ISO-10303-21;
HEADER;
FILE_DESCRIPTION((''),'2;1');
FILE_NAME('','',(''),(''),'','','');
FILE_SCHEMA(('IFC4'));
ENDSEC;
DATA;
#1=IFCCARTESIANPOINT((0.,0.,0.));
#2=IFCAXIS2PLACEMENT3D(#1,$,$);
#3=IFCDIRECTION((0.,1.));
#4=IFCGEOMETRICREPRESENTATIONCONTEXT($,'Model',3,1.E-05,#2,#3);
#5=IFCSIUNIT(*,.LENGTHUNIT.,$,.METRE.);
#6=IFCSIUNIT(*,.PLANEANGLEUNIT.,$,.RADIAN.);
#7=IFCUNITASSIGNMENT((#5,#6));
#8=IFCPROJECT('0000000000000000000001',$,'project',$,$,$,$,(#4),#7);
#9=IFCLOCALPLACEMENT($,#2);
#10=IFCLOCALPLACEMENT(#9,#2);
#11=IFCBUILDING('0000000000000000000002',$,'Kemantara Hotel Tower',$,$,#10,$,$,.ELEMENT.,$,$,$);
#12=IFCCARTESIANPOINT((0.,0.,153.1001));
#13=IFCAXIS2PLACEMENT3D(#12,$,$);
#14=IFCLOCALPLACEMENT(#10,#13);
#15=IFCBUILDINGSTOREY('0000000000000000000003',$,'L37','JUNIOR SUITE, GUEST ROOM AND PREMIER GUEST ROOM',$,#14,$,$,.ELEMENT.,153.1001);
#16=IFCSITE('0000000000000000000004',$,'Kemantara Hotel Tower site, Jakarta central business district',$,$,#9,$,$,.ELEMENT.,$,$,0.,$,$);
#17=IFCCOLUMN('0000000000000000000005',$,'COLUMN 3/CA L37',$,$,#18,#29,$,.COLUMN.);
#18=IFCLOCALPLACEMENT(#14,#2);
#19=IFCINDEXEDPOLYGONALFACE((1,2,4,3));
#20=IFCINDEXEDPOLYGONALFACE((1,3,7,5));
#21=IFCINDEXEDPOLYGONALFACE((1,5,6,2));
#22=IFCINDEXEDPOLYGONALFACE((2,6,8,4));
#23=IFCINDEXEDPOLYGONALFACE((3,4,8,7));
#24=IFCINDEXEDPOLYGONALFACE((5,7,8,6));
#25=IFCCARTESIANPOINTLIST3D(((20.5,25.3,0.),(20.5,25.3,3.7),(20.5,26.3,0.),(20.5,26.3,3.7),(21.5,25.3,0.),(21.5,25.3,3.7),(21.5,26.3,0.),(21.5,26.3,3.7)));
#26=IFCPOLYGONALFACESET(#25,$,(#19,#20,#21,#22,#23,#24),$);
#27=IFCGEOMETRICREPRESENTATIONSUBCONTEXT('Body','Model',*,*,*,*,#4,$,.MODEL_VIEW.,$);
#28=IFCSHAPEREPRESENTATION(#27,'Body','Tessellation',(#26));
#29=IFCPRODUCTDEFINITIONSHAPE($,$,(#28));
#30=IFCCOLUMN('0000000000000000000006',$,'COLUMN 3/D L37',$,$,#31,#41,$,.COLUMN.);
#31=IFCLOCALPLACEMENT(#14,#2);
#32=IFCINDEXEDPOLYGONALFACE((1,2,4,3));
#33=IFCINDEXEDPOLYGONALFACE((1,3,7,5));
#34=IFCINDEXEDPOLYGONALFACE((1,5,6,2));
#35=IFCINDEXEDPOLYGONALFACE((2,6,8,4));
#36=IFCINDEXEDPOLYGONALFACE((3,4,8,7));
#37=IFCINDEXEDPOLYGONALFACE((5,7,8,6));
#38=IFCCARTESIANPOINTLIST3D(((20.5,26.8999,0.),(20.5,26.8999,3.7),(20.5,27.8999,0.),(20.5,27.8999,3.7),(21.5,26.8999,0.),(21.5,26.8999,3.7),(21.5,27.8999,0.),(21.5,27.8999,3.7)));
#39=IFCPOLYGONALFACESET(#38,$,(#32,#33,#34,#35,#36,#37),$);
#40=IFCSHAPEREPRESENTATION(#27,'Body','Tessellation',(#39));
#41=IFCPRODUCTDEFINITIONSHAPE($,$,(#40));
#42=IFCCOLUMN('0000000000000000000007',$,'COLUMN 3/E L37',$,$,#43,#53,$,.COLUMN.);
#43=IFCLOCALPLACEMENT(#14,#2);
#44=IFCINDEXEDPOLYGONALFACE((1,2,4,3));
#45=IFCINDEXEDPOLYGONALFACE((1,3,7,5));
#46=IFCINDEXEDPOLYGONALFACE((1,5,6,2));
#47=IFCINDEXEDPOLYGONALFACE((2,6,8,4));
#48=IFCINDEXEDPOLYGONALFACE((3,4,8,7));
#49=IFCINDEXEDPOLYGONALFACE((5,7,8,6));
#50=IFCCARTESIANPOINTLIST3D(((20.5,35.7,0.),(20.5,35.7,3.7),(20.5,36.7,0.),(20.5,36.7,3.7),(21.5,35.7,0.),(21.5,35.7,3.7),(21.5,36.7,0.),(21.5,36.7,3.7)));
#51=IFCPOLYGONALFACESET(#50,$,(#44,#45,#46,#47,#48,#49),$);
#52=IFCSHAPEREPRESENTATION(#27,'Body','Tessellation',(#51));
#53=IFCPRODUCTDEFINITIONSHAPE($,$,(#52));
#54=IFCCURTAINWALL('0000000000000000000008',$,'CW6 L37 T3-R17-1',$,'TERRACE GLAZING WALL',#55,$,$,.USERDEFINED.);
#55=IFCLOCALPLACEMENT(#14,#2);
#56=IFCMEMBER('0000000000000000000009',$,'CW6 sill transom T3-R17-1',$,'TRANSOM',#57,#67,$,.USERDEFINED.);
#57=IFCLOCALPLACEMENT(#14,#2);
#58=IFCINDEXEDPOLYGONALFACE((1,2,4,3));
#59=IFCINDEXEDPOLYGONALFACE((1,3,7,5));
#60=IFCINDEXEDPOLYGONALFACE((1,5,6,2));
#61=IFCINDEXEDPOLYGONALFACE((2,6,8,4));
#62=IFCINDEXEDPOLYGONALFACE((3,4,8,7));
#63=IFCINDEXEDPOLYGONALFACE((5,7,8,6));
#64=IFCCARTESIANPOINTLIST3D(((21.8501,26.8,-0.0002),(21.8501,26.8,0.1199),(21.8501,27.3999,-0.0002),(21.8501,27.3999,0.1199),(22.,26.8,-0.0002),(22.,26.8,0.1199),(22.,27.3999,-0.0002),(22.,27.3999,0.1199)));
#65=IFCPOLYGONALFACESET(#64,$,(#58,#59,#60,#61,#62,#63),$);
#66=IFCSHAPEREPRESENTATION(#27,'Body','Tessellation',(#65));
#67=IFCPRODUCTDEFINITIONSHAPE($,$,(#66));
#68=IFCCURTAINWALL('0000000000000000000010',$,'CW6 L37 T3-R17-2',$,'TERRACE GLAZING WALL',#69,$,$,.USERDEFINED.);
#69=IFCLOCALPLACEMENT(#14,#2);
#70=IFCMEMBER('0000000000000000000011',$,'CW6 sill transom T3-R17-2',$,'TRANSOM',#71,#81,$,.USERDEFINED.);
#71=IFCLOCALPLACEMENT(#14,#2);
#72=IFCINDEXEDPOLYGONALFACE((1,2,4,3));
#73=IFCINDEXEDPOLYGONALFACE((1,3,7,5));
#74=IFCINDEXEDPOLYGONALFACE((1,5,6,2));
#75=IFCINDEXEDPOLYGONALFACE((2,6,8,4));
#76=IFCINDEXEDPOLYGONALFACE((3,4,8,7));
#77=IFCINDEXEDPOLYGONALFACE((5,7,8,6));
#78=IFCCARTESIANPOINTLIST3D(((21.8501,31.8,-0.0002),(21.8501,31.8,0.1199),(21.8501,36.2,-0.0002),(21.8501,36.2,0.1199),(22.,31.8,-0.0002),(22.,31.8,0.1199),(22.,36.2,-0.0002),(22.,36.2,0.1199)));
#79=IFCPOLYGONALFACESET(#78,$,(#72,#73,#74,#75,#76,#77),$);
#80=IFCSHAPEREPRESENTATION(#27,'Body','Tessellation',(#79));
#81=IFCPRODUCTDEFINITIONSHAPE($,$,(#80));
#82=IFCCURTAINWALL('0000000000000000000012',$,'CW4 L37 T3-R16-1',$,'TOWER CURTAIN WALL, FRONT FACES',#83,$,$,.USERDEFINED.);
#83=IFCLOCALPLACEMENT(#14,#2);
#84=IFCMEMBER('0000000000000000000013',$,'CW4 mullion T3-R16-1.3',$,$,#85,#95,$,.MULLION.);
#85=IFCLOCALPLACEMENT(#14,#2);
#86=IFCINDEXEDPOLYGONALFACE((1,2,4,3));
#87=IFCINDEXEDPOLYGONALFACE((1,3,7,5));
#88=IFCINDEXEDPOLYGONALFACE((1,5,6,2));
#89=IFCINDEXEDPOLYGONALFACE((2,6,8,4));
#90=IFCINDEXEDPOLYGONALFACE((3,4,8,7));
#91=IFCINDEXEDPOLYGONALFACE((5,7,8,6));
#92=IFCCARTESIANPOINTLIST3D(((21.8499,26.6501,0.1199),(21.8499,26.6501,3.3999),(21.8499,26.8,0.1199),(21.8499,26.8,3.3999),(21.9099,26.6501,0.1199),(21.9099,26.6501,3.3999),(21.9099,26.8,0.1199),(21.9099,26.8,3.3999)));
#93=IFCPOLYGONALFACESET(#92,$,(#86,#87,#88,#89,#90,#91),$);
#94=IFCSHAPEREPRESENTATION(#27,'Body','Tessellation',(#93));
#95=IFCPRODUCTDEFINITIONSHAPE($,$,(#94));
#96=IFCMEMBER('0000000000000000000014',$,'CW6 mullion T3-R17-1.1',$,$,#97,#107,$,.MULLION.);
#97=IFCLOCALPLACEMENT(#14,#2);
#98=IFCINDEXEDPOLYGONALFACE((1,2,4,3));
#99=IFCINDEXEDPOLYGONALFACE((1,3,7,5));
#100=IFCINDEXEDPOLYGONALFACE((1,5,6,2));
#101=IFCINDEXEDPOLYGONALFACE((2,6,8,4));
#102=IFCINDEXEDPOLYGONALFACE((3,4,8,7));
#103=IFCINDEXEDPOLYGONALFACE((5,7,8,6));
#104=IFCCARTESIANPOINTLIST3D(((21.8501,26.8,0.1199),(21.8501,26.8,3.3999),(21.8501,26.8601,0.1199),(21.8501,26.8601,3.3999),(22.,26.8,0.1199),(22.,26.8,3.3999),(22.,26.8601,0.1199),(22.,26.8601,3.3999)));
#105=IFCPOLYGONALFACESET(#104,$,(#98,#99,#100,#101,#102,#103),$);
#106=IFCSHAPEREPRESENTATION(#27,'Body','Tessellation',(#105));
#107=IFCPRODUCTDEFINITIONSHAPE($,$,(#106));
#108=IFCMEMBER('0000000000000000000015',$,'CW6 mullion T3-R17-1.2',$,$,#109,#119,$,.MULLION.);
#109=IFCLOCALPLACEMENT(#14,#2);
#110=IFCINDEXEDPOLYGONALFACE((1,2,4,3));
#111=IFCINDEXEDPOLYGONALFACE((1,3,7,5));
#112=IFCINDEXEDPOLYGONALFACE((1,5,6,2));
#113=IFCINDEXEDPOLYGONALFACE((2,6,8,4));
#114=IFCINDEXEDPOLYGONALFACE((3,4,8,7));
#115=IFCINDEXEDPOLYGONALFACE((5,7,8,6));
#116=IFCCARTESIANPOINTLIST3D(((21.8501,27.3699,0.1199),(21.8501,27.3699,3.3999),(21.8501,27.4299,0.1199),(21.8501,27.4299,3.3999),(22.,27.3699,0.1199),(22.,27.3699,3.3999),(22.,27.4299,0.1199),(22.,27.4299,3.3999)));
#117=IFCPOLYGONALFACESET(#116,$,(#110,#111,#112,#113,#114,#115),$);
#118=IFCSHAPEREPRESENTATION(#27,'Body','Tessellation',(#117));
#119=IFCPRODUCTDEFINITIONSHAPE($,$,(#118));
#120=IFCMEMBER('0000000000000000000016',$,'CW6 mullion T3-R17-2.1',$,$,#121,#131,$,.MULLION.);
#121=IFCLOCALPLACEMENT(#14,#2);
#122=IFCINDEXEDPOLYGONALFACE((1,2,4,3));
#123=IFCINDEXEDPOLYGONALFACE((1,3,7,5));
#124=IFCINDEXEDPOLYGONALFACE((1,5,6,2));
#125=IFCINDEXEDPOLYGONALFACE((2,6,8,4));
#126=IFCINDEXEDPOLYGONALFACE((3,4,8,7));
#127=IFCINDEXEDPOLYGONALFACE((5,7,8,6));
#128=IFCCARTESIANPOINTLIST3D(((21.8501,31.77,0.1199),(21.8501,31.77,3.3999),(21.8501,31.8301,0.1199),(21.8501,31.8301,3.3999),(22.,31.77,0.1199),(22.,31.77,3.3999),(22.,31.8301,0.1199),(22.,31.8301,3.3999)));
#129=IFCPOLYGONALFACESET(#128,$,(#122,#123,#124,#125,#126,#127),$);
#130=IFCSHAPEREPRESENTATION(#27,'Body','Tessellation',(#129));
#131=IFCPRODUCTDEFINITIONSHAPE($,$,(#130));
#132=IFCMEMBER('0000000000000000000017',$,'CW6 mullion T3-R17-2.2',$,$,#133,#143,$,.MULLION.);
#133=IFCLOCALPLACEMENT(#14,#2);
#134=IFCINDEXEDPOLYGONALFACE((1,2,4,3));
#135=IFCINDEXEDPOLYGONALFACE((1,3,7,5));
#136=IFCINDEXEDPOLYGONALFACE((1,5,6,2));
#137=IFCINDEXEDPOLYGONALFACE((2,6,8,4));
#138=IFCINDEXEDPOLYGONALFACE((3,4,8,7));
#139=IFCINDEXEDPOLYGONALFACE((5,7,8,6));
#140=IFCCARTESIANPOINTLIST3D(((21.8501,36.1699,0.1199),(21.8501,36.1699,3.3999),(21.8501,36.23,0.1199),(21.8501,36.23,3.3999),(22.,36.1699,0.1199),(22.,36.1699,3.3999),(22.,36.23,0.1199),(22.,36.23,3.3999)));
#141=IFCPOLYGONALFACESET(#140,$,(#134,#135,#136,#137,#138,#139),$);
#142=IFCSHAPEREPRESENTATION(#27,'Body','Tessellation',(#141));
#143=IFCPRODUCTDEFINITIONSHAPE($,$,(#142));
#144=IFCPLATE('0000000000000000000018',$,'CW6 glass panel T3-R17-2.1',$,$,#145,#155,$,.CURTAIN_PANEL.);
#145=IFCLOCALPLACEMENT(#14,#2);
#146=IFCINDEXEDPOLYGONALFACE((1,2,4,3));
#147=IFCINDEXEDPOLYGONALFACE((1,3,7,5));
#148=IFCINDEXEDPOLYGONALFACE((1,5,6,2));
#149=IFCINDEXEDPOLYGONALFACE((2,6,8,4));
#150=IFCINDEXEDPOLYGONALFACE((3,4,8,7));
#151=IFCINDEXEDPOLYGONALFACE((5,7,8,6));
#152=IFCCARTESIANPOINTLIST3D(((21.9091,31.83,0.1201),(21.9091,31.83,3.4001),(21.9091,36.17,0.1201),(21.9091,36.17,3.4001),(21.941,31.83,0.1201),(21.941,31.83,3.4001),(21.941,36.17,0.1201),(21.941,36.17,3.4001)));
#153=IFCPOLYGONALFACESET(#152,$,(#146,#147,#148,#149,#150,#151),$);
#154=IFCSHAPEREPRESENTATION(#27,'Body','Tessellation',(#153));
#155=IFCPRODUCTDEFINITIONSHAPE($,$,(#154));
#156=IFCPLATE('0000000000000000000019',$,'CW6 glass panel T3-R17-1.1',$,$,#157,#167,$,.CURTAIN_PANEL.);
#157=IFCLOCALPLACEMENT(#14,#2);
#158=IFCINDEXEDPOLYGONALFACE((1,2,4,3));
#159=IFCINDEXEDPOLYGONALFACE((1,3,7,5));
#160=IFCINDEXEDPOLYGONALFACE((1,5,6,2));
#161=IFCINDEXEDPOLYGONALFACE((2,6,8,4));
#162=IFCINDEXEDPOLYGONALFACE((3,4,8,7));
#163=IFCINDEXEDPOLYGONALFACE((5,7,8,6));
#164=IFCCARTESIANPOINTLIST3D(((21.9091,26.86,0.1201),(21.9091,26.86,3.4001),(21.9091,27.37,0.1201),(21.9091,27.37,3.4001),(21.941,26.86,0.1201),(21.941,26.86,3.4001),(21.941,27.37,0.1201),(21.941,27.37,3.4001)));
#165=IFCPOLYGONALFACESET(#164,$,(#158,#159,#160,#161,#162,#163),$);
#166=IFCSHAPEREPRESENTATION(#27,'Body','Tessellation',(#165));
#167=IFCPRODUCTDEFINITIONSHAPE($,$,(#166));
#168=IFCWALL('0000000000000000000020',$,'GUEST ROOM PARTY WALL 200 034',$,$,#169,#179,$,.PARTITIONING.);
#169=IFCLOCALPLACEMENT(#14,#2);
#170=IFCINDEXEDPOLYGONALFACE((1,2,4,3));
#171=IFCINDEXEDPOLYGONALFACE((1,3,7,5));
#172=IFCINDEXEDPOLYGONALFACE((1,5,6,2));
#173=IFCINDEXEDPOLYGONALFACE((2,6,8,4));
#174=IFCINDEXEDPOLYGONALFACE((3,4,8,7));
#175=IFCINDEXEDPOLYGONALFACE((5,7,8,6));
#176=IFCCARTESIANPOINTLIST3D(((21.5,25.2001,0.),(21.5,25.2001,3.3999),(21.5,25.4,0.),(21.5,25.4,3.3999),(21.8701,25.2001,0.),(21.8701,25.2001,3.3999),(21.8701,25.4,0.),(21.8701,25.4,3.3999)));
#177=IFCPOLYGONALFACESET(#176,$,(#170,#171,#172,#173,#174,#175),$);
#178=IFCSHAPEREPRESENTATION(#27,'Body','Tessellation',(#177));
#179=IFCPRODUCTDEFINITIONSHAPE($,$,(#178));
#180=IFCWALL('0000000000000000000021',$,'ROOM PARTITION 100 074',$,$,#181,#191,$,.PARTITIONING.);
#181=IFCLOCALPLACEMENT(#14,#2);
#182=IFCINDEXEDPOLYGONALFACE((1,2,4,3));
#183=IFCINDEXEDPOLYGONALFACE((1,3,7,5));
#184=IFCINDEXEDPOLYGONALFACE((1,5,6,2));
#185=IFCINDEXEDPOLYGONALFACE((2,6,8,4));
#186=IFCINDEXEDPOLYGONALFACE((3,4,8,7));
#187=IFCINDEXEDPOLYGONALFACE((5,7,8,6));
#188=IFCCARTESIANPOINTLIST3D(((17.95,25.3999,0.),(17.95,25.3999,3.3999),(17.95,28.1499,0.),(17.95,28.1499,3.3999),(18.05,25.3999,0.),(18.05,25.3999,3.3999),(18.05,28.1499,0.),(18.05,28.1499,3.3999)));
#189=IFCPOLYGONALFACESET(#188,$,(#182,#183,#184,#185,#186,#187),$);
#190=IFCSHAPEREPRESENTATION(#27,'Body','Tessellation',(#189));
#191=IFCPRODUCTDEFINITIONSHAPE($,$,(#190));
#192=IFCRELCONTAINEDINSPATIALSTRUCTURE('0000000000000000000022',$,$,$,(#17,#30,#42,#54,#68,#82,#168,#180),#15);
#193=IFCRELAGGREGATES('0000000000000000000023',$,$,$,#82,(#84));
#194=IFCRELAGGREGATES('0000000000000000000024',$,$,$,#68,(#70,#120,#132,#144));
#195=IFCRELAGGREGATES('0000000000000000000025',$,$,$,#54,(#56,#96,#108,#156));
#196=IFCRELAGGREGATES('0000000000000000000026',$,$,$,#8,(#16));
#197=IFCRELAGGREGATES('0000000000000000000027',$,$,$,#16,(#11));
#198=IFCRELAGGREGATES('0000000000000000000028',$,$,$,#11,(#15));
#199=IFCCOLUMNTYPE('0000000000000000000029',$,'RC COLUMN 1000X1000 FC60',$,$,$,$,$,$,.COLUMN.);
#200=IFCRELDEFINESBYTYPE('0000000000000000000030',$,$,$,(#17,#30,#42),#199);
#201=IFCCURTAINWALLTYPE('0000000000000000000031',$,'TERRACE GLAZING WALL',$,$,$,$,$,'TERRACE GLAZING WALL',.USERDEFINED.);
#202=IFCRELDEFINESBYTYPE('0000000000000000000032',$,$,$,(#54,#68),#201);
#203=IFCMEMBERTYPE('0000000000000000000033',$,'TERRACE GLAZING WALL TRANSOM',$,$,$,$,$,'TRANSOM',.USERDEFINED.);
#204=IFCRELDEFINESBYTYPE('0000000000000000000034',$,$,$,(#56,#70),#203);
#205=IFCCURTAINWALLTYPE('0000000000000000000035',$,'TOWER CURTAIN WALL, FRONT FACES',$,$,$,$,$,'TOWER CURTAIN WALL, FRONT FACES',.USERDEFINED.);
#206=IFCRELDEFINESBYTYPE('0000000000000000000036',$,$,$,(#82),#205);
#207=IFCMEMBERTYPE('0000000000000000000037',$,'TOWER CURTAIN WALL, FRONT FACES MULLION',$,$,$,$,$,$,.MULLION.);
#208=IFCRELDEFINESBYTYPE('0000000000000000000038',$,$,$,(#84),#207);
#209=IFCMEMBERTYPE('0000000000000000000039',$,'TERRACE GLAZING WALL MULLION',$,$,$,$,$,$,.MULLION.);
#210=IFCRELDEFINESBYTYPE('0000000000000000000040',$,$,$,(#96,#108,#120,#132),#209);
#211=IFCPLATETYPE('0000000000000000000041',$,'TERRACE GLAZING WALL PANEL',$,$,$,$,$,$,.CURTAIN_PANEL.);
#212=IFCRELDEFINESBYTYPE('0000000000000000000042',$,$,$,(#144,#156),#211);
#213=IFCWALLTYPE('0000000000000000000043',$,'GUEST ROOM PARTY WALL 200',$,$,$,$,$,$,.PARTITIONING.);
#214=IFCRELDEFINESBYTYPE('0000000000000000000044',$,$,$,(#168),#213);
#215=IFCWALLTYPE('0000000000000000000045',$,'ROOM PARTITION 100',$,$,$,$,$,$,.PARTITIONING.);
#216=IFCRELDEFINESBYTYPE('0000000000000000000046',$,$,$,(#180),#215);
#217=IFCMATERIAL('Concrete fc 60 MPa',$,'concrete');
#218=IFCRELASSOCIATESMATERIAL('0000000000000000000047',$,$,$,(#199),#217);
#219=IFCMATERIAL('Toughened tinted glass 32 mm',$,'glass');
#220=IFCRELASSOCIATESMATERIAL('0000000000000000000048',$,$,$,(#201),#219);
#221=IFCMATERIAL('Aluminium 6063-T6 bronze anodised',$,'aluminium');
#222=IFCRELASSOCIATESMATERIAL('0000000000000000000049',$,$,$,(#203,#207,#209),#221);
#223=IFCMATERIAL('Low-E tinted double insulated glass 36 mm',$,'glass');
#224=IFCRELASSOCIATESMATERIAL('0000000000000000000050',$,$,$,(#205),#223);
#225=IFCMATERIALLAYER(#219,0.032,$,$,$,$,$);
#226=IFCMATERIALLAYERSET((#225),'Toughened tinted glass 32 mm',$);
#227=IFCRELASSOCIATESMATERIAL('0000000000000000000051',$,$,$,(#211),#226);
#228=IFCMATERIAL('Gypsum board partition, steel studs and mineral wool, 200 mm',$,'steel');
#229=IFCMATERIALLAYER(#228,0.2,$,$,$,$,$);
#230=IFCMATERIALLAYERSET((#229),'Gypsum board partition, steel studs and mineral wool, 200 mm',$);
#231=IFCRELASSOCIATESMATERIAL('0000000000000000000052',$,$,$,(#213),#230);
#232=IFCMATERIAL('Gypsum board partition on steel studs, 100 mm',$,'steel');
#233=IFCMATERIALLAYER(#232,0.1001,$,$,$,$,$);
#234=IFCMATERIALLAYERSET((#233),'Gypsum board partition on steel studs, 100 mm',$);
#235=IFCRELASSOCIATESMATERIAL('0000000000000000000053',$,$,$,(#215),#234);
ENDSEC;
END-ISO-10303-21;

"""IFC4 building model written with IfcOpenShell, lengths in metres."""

from ifc_helpers import new_model, si_unit, direction, frame, frame_2d, origin, origin_2d, place, context, subcontext, project, spatial, rectangle, extrude, source, transform, mapped, material, layer, layer_set, material_profile, profile_set, type_object, element, aggregate, save


model = new_model("IFC4")

# Units and contexts
model_context = context("Model", 3, precision=1e-05, world=origin(), true_north=direction((0.0, 1.0)))
body_context = subcontext(model_context, "Body", "Model", "MODEL_VIEW")
ifc_project = project(units=[si_unit("LENGTHUNIT", "METRE"), si_unit("PLANEANGLEUNIT", "RADIAN")], contexts=[model_context])

# Site, building, storey
site_placement = place(None, origin())
site = spatial("IfcSite", under=ifc_project, at=site_placement, Name="Kemantara Hotel Tower site, Jakarta central business district", CompositionType="ELEMENT", RefElevation=0.0)
building_placement = place(site_placement, origin())
building = spatial("IfcBuilding", under=site, at=building_placement, Name="Kemantara Hotel Tower", CompositionType="ELEMENT")
storey_placement = place(building_placement, frame((0.0, 0.0, 153.1001)))
storey = spatial("IfcBuildingStorey", under=building, at=storey_placement, Name="L37", Description="JUNIOR SUITE, GUEST ROOM AND PREMIER GUEST ROOM", CompositionType="ELEMENT", Elevation=153.1001)

# Columns
ifc_material_1 = material(Name="Concrete fc 60 MPa", Category="concrete")
ifc_material_profile_1 = material_profile(ifc_material_1, rectangle(XDim=1.0, YDim=1.0, at=origin_2d()), Name="RC 1000X1000")
ifc_profile_set_1 = profile_set([ifc_material_profile_1], Name="Concrete fc 60 MPa")
column_type = type_object("IfcColumnType", Name="RC COLUMN 1000X1000 FC60", PredefinedType="COLUMN", material=ifc_profile_set_1)
for number, where, z_axis, x_axis, name in (
    (1, (21.0, 25.8, 0.0), (0.0, 0.0, 1.0), (1.0, 0.0, 0.0), "COLUMN 3/CA L37"),
    (2, (21.0, 27.3999, 0.0), (0.0, 0.0, 1.0), (1.0, 0.0, 0.0), "COLUMN 3/D L37"),
    (3, (21.0, 36.2, 0.0), (0.0, 0.0, 1.0), (1.0, 0.0, 0.0), "COLUMN 3/E L37"),
):
    element("IfcColumn", number, at=place(storey_placement, frame(where, z_axis=z_axis, x_axis=x_axis)), inside=storey, type_object=column_type, Name=name, PredefinedType="COLUMN", context=body_context, shape_type="SweptSolid", body=[
        extrude(rectangle(XDim=1.0, YDim=1.0, at=origin_2d()), origin(), (0.0, 0.0, 1.0), 3.7),
    ])

# Curtain walls, members
ifc_material_2 = material(Name="Toughened tinted glass 32 mm", Category="glass")
curtain_wall_type_1 = type_object("IfcCurtainWallType", Name="TERRACE GLAZING WALL", ElementType="TERRACE GLAZING WALL", PredefinedType="USERDEFINED", material=ifc_material_2)
curtain_wall_1_placement = place(storey_placement, origin())
curtain_wall_1 = element("IfcCurtainWall", 4, at=curtain_wall_1_placement, inside=storey, type_object=curtain_wall_type_1, Name="CW6 L37 T3-R17-1", ObjectType="TERRACE GLAZING WALL", PredefinedType="USERDEFINED")
ifc_material_3 = material(Name="Aluminium 6063-T6 bronze anodised", Category="aluminium")
ifc_material_profile_2 = material_profile(ifc_material_3, rectangle(XDim=0.1499, YDim=0.1201, at=origin_2d()), Name="TERRACE GLAZING WALL TRANSOM")
ifc_profile_set_2 = profile_set([ifc_material_profile_2], Name="Aluminium 6063-T6 bronze anodised")
member_type_1 = type_object("IfcMemberType", Name="TERRACE GLAZING WALL TRANSOM", ElementType="TRANSOM", PredefinedType="USERDEFINED", material=ifc_profile_set_2)
member_1_placement = place(storey_placement, frame((21.925, 26.8, 0.0598), z_axis=(0.0, 1.0, 0.0), x_axis=(-1.0, 0.0, 0.0)))
member_1 = element("IfcMember", 5, at=member_1_placement, type_object=member_type_1, Name="CW6 sill transom T3-R17-1", ObjectType="TRANSOM", PredefinedType="USERDEFINED", context=body_context, shape_type="SweptSolid", body=[
    extrude(rectangle(XDim=0.1499, YDim=0.1201, at=origin_2d()), origin(), (0.0, 0.0, 1.0), 0.5999),
])
curtain_wall_2_placement = place(storey_placement, origin())
curtain_wall_2 = element("IfcCurtainWall", 6, at=curtain_wall_2_placement, inside=storey, type_object=curtain_wall_type_1, Name="CW6 L37 T3-R17-2", ObjectType="TERRACE GLAZING WALL", PredefinedType="USERDEFINED")
member_2_placement = place(storey_placement, frame((21.925, 31.8, 0.0598), z_axis=(0.0, 1.0, 0.0), x_axis=(-1.0, 0.0, 0.0)))
member_2 = element("IfcMember", 7, at=member_2_placement, type_object=member_type_1, Name="CW6 sill transom T3-R17-2", ObjectType="TRANSOM", PredefinedType="USERDEFINED", context=body_context, shape_type="SweptSolid", body=[
    extrude(rectangle(XDim=0.1499, YDim=0.1201, at=origin_2d()), origin(), (0.0, 0.0, 1.0), 4.3999),
])
ifc_material_4 = material(Name="Low-E tinted double insulated glass 36 mm", Category="glass")
curtain_wall_type_2 = type_object("IfcCurtainWallType", Name="TOWER CURTAIN WALL, FRONT FACES", ElementType="TOWER CURTAIN WALL, FRONT FACES", PredefinedType="USERDEFINED", material=ifc_material_4)
curtain_wall_3_placement = place(storey_placement, origin())
curtain_wall_3 = element("IfcCurtainWall", 8, at=curtain_wall_3_placement, inside=storey, type_object=curtain_wall_type_2, Name="CW4 L37 T3-R16-1", ObjectType="TOWER CURTAIN WALL, FRONT FACES", PredefinedType="USERDEFINED")
ifc_material_profile_3 = material_profile(ifc_material_3, rectangle(XDim=0.1499, YDim=0.0601, at=origin_2d()), Name="TOWER CURTAIN WALL, FRONT FACES MULLION")
ifc_profile_set_3 = profile_set([ifc_material_profile_3], Name="Aluminium 6063-T6 bronze anodised")
member_type_2 = type_object("IfcMemberType", Name="TOWER CURTAIN WALL, FRONT FACES MULLION", PredefinedType="MULLION", material=ifc_profile_set_3)
shared_shape_1 = source(origin(), body_context, "Body", "SweptSolid", [
    extrude(rectangle(XDim=0.1499, YDim=0.0601, at=origin_2d()), origin(), (0.0, 0.0, 1.0), 3.28),
])
member_3_placement = place(storey_placement, frame((21.8799, 26.7251, 0.1199), z_axis=(0.0, 0.0, 1.0), x_axis=(0.0, -1.0, 0.0)))
member_3 = element("IfcMember", 9, at=member_3_placement, type_object=member_type_2, Name="CW4 mullion T3-R16-1.3", PredefinedType="MULLION", context=body_context, shape_type="MappedRepresentation", body=[
    mapped(shared_shape_1, transform((0.0, 0.0, 0.0))),
])
aggregate(curtain_wall_3, [member_3])

# Members
ifc_material_profile_4 = material_profile(ifc_material_3, rectangle(XDim=0.1499, YDim=0.0601, at=origin_2d()), Name="TERRACE GLAZING WALL MULLION")
ifc_profile_set_4 = profile_set([ifc_material_profile_4], Name="Aluminium 6063-T6 bronze anodised")
member_type_3 = type_object("IfcMemberType", Name="TERRACE GLAZING WALL MULLION", PredefinedType="MULLION", material=ifc_profile_set_4)
shared_shape_2 = source(origin(), body_context, "Body", "SweptSolid", [
    extrude(rectangle(XDim=0.1499, YDim=0.0601, at=origin_2d()), origin(), (0.0, 0.0, 1.0), 3.28),
])
member_4_placement = place(storey_placement, frame((21.925, 26.8301, 0.1199), z_axis=(0.0, 0.0, 1.0), x_axis=(-1.0, 0.0, 0.0)))
member_4 = element("IfcMember", 10, at=member_4_placement, type_object=member_type_3, Name="CW6 mullion T3-R17-1.1", PredefinedType="MULLION", context=body_context, shape_type="MappedRepresentation", body=[
    mapped(shared_shape_2, transform((0.0, 0.0, 0.0))),
])
member_5_placement = place(storey_placement, frame((21.925, 27.3999, 0.1199), z_axis=(0.0, 0.0, 1.0), x_axis=(-1.0, 0.0, 0.0)))
member_5 = element("IfcMember", 11, at=member_5_placement, type_object=member_type_3, Name="CW6 mullion T3-R17-1.2", PredefinedType="MULLION", context=body_context, shape_type="MappedRepresentation", body=[
    mapped(shared_shape_2, transform((0.0, 0.0, 0.0))),
])
member_6_placement = place(storey_placement, frame((21.925, 31.8, 0.1199), z_axis=(0.0, 0.0, 1.0), x_axis=(-1.0, 0.0, 0.0)))
member_6 = element("IfcMember", 12, at=member_6_placement, type_object=member_type_3, Name="CW6 mullion T3-R17-2.1", PredefinedType="MULLION", context=body_context, shape_type="MappedRepresentation", body=[
    mapped(shared_shape_2, transform((0.0, 0.0, 0.0))),
])
member_7_placement = place(storey_placement, frame((21.925, 36.2, 0.1199), z_axis=(0.0, 0.0, 1.0), x_axis=(-1.0, 0.0, 0.0)))
member_7 = element("IfcMember", 13, at=member_7_placement, type_object=member_type_3, Name="CW6 mullion T3-R17-2.2", PredefinedType="MULLION", context=body_context, shape_type="MappedRepresentation", body=[
    mapped(shared_shape_2, transform((0.0, 0.0, 0.0))),
])

# Plates
ifc_layer_1 = layer(ifc_material_2, 0.032)
ifc_layer_set_1 = layer_set([ifc_layer_1], Name="Toughened tinted glass 32 mm")
plate_type = type_object("IfcPlateType", Name="TERRACE GLAZING WALL PANEL", PredefinedType="CURTAIN_PANEL", material=ifc_layer_set_1)
shared_shape_3 = source(origin(), body_context, "Body", "SweptSolid", [
    extrude(rectangle(XDim=4.3401, YDim=0.032, at=origin_2d()), origin(), (0.0, 0.0, 1.0), 3.28),
])
plate_1_placement = place(storey_placement, frame((21.925, 34.0, 0.1201), z_axis=(0.0, 0.0, 1.0), x_axis=(0.0, 1.0, 0.0)))
plate_1 = element("IfcPlate", 14, at=plate_1_placement, type_object=plate_type, Name="CW6 glass panel T3-R17-2.1", PredefinedType="CURTAIN_PANEL", context=body_context, shape_type="MappedRepresentation", body=[
    mapped(shared_shape_3, transform((0.0, 0.0, 0.0))),
])
aggregate(curtain_wall_2, [member_2, member_6, member_7, plate_1])
shared_shape_4 = source(origin(), body_context, "Body", "SweptSolid", [
    extrude(rectangle(XDim=0.51, YDim=0.032, at=origin_2d()), origin(), (0.0, 0.0, 1.0), 3.28),
])
plate_2_placement = place(storey_placement, frame((21.925, 27.115, 0.1201), z_axis=(0.0, 0.0, 1.0), x_axis=(0.0, 1.0, 0.0)))
plate_2 = element("IfcPlate", 15, at=plate_2_placement, type_object=plate_type, Name="CW6 glass panel T3-R17-1.1", PredefinedType="CURTAIN_PANEL", context=body_context, shape_type="MappedRepresentation", body=[
    mapped(shared_shape_4, transform((0.0, 0.0, 0.0))),
])
aggregate(curtain_wall_1, [member_1, member_4, member_5, plate_2])

# Walls
ifc_material_5 = material(Name="Gypsum board partition, steel studs and mineral wool, 200 mm", Category="steel")
ifc_layer_2 = layer(ifc_material_5, 0.2)
ifc_layer_set_2 = layer_set([ifc_layer_2], Name="Gypsum board partition, steel studs and mineral wool, 200 mm")
wall_type_1 = type_object("IfcWallType", Name="GUEST ROOM PARTY WALL 200", PredefinedType="PARTITIONING", material=ifc_layer_set_2)
wall_1_placement = place(storey_placement, frame((21.5, 25.3, 0.0), z_axis=(0.0, 0.0, 1.0), x_axis=(1.0, 0.0, 0.0)))
element("IfcWall", 16, at=wall_1_placement, inside=storey, type_object=wall_type_1, Name="GUEST ROOM PARTY WALL 200 034", PredefinedType="PARTITIONING", context=body_context, shape_type="SweptSolid", body=[
    extrude(rectangle(XDim=0.3701, YDim=0.2, at=frame_2d((0.1851, 0.0))), origin(), (0.0, 0.0, 1.0), 3.3999),
])
ifc_material_6 = material(Name="Gypsum board partition on steel studs, 100 mm", Category="steel")
ifc_layer_3 = layer(ifc_material_6, 0.1001)
ifc_layer_set_3 = layer_set([ifc_layer_3], Name="Gypsum board partition on steel studs, 100 mm")
wall_type_2 = type_object("IfcWallType", Name="ROOM PARTITION 100", PredefinedType="PARTITIONING", material=ifc_layer_set_3)
wall_2_placement = place(storey_placement, frame((18.0, 25.3999, 0.0), z_axis=(0.0, 0.0, 1.0), x_axis=(0.0, 1.0, 0.0)))
element("IfcWall", 17, at=wall_2_placement, inside=storey, type_object=wall_type_2, Name="ROOM PARTITION 100 074", PredefinedType="PARTITIONING", context=body_context, shape_type="SweptSolid", body=[
    extrude(rectangle(XDim=2.75, YDim=0.1001, at=frame_2d((1.375, 0.0))), origin(), (0.0, 0.0, 1.0), 3.3999),
])

save(model, "model.ifc")
